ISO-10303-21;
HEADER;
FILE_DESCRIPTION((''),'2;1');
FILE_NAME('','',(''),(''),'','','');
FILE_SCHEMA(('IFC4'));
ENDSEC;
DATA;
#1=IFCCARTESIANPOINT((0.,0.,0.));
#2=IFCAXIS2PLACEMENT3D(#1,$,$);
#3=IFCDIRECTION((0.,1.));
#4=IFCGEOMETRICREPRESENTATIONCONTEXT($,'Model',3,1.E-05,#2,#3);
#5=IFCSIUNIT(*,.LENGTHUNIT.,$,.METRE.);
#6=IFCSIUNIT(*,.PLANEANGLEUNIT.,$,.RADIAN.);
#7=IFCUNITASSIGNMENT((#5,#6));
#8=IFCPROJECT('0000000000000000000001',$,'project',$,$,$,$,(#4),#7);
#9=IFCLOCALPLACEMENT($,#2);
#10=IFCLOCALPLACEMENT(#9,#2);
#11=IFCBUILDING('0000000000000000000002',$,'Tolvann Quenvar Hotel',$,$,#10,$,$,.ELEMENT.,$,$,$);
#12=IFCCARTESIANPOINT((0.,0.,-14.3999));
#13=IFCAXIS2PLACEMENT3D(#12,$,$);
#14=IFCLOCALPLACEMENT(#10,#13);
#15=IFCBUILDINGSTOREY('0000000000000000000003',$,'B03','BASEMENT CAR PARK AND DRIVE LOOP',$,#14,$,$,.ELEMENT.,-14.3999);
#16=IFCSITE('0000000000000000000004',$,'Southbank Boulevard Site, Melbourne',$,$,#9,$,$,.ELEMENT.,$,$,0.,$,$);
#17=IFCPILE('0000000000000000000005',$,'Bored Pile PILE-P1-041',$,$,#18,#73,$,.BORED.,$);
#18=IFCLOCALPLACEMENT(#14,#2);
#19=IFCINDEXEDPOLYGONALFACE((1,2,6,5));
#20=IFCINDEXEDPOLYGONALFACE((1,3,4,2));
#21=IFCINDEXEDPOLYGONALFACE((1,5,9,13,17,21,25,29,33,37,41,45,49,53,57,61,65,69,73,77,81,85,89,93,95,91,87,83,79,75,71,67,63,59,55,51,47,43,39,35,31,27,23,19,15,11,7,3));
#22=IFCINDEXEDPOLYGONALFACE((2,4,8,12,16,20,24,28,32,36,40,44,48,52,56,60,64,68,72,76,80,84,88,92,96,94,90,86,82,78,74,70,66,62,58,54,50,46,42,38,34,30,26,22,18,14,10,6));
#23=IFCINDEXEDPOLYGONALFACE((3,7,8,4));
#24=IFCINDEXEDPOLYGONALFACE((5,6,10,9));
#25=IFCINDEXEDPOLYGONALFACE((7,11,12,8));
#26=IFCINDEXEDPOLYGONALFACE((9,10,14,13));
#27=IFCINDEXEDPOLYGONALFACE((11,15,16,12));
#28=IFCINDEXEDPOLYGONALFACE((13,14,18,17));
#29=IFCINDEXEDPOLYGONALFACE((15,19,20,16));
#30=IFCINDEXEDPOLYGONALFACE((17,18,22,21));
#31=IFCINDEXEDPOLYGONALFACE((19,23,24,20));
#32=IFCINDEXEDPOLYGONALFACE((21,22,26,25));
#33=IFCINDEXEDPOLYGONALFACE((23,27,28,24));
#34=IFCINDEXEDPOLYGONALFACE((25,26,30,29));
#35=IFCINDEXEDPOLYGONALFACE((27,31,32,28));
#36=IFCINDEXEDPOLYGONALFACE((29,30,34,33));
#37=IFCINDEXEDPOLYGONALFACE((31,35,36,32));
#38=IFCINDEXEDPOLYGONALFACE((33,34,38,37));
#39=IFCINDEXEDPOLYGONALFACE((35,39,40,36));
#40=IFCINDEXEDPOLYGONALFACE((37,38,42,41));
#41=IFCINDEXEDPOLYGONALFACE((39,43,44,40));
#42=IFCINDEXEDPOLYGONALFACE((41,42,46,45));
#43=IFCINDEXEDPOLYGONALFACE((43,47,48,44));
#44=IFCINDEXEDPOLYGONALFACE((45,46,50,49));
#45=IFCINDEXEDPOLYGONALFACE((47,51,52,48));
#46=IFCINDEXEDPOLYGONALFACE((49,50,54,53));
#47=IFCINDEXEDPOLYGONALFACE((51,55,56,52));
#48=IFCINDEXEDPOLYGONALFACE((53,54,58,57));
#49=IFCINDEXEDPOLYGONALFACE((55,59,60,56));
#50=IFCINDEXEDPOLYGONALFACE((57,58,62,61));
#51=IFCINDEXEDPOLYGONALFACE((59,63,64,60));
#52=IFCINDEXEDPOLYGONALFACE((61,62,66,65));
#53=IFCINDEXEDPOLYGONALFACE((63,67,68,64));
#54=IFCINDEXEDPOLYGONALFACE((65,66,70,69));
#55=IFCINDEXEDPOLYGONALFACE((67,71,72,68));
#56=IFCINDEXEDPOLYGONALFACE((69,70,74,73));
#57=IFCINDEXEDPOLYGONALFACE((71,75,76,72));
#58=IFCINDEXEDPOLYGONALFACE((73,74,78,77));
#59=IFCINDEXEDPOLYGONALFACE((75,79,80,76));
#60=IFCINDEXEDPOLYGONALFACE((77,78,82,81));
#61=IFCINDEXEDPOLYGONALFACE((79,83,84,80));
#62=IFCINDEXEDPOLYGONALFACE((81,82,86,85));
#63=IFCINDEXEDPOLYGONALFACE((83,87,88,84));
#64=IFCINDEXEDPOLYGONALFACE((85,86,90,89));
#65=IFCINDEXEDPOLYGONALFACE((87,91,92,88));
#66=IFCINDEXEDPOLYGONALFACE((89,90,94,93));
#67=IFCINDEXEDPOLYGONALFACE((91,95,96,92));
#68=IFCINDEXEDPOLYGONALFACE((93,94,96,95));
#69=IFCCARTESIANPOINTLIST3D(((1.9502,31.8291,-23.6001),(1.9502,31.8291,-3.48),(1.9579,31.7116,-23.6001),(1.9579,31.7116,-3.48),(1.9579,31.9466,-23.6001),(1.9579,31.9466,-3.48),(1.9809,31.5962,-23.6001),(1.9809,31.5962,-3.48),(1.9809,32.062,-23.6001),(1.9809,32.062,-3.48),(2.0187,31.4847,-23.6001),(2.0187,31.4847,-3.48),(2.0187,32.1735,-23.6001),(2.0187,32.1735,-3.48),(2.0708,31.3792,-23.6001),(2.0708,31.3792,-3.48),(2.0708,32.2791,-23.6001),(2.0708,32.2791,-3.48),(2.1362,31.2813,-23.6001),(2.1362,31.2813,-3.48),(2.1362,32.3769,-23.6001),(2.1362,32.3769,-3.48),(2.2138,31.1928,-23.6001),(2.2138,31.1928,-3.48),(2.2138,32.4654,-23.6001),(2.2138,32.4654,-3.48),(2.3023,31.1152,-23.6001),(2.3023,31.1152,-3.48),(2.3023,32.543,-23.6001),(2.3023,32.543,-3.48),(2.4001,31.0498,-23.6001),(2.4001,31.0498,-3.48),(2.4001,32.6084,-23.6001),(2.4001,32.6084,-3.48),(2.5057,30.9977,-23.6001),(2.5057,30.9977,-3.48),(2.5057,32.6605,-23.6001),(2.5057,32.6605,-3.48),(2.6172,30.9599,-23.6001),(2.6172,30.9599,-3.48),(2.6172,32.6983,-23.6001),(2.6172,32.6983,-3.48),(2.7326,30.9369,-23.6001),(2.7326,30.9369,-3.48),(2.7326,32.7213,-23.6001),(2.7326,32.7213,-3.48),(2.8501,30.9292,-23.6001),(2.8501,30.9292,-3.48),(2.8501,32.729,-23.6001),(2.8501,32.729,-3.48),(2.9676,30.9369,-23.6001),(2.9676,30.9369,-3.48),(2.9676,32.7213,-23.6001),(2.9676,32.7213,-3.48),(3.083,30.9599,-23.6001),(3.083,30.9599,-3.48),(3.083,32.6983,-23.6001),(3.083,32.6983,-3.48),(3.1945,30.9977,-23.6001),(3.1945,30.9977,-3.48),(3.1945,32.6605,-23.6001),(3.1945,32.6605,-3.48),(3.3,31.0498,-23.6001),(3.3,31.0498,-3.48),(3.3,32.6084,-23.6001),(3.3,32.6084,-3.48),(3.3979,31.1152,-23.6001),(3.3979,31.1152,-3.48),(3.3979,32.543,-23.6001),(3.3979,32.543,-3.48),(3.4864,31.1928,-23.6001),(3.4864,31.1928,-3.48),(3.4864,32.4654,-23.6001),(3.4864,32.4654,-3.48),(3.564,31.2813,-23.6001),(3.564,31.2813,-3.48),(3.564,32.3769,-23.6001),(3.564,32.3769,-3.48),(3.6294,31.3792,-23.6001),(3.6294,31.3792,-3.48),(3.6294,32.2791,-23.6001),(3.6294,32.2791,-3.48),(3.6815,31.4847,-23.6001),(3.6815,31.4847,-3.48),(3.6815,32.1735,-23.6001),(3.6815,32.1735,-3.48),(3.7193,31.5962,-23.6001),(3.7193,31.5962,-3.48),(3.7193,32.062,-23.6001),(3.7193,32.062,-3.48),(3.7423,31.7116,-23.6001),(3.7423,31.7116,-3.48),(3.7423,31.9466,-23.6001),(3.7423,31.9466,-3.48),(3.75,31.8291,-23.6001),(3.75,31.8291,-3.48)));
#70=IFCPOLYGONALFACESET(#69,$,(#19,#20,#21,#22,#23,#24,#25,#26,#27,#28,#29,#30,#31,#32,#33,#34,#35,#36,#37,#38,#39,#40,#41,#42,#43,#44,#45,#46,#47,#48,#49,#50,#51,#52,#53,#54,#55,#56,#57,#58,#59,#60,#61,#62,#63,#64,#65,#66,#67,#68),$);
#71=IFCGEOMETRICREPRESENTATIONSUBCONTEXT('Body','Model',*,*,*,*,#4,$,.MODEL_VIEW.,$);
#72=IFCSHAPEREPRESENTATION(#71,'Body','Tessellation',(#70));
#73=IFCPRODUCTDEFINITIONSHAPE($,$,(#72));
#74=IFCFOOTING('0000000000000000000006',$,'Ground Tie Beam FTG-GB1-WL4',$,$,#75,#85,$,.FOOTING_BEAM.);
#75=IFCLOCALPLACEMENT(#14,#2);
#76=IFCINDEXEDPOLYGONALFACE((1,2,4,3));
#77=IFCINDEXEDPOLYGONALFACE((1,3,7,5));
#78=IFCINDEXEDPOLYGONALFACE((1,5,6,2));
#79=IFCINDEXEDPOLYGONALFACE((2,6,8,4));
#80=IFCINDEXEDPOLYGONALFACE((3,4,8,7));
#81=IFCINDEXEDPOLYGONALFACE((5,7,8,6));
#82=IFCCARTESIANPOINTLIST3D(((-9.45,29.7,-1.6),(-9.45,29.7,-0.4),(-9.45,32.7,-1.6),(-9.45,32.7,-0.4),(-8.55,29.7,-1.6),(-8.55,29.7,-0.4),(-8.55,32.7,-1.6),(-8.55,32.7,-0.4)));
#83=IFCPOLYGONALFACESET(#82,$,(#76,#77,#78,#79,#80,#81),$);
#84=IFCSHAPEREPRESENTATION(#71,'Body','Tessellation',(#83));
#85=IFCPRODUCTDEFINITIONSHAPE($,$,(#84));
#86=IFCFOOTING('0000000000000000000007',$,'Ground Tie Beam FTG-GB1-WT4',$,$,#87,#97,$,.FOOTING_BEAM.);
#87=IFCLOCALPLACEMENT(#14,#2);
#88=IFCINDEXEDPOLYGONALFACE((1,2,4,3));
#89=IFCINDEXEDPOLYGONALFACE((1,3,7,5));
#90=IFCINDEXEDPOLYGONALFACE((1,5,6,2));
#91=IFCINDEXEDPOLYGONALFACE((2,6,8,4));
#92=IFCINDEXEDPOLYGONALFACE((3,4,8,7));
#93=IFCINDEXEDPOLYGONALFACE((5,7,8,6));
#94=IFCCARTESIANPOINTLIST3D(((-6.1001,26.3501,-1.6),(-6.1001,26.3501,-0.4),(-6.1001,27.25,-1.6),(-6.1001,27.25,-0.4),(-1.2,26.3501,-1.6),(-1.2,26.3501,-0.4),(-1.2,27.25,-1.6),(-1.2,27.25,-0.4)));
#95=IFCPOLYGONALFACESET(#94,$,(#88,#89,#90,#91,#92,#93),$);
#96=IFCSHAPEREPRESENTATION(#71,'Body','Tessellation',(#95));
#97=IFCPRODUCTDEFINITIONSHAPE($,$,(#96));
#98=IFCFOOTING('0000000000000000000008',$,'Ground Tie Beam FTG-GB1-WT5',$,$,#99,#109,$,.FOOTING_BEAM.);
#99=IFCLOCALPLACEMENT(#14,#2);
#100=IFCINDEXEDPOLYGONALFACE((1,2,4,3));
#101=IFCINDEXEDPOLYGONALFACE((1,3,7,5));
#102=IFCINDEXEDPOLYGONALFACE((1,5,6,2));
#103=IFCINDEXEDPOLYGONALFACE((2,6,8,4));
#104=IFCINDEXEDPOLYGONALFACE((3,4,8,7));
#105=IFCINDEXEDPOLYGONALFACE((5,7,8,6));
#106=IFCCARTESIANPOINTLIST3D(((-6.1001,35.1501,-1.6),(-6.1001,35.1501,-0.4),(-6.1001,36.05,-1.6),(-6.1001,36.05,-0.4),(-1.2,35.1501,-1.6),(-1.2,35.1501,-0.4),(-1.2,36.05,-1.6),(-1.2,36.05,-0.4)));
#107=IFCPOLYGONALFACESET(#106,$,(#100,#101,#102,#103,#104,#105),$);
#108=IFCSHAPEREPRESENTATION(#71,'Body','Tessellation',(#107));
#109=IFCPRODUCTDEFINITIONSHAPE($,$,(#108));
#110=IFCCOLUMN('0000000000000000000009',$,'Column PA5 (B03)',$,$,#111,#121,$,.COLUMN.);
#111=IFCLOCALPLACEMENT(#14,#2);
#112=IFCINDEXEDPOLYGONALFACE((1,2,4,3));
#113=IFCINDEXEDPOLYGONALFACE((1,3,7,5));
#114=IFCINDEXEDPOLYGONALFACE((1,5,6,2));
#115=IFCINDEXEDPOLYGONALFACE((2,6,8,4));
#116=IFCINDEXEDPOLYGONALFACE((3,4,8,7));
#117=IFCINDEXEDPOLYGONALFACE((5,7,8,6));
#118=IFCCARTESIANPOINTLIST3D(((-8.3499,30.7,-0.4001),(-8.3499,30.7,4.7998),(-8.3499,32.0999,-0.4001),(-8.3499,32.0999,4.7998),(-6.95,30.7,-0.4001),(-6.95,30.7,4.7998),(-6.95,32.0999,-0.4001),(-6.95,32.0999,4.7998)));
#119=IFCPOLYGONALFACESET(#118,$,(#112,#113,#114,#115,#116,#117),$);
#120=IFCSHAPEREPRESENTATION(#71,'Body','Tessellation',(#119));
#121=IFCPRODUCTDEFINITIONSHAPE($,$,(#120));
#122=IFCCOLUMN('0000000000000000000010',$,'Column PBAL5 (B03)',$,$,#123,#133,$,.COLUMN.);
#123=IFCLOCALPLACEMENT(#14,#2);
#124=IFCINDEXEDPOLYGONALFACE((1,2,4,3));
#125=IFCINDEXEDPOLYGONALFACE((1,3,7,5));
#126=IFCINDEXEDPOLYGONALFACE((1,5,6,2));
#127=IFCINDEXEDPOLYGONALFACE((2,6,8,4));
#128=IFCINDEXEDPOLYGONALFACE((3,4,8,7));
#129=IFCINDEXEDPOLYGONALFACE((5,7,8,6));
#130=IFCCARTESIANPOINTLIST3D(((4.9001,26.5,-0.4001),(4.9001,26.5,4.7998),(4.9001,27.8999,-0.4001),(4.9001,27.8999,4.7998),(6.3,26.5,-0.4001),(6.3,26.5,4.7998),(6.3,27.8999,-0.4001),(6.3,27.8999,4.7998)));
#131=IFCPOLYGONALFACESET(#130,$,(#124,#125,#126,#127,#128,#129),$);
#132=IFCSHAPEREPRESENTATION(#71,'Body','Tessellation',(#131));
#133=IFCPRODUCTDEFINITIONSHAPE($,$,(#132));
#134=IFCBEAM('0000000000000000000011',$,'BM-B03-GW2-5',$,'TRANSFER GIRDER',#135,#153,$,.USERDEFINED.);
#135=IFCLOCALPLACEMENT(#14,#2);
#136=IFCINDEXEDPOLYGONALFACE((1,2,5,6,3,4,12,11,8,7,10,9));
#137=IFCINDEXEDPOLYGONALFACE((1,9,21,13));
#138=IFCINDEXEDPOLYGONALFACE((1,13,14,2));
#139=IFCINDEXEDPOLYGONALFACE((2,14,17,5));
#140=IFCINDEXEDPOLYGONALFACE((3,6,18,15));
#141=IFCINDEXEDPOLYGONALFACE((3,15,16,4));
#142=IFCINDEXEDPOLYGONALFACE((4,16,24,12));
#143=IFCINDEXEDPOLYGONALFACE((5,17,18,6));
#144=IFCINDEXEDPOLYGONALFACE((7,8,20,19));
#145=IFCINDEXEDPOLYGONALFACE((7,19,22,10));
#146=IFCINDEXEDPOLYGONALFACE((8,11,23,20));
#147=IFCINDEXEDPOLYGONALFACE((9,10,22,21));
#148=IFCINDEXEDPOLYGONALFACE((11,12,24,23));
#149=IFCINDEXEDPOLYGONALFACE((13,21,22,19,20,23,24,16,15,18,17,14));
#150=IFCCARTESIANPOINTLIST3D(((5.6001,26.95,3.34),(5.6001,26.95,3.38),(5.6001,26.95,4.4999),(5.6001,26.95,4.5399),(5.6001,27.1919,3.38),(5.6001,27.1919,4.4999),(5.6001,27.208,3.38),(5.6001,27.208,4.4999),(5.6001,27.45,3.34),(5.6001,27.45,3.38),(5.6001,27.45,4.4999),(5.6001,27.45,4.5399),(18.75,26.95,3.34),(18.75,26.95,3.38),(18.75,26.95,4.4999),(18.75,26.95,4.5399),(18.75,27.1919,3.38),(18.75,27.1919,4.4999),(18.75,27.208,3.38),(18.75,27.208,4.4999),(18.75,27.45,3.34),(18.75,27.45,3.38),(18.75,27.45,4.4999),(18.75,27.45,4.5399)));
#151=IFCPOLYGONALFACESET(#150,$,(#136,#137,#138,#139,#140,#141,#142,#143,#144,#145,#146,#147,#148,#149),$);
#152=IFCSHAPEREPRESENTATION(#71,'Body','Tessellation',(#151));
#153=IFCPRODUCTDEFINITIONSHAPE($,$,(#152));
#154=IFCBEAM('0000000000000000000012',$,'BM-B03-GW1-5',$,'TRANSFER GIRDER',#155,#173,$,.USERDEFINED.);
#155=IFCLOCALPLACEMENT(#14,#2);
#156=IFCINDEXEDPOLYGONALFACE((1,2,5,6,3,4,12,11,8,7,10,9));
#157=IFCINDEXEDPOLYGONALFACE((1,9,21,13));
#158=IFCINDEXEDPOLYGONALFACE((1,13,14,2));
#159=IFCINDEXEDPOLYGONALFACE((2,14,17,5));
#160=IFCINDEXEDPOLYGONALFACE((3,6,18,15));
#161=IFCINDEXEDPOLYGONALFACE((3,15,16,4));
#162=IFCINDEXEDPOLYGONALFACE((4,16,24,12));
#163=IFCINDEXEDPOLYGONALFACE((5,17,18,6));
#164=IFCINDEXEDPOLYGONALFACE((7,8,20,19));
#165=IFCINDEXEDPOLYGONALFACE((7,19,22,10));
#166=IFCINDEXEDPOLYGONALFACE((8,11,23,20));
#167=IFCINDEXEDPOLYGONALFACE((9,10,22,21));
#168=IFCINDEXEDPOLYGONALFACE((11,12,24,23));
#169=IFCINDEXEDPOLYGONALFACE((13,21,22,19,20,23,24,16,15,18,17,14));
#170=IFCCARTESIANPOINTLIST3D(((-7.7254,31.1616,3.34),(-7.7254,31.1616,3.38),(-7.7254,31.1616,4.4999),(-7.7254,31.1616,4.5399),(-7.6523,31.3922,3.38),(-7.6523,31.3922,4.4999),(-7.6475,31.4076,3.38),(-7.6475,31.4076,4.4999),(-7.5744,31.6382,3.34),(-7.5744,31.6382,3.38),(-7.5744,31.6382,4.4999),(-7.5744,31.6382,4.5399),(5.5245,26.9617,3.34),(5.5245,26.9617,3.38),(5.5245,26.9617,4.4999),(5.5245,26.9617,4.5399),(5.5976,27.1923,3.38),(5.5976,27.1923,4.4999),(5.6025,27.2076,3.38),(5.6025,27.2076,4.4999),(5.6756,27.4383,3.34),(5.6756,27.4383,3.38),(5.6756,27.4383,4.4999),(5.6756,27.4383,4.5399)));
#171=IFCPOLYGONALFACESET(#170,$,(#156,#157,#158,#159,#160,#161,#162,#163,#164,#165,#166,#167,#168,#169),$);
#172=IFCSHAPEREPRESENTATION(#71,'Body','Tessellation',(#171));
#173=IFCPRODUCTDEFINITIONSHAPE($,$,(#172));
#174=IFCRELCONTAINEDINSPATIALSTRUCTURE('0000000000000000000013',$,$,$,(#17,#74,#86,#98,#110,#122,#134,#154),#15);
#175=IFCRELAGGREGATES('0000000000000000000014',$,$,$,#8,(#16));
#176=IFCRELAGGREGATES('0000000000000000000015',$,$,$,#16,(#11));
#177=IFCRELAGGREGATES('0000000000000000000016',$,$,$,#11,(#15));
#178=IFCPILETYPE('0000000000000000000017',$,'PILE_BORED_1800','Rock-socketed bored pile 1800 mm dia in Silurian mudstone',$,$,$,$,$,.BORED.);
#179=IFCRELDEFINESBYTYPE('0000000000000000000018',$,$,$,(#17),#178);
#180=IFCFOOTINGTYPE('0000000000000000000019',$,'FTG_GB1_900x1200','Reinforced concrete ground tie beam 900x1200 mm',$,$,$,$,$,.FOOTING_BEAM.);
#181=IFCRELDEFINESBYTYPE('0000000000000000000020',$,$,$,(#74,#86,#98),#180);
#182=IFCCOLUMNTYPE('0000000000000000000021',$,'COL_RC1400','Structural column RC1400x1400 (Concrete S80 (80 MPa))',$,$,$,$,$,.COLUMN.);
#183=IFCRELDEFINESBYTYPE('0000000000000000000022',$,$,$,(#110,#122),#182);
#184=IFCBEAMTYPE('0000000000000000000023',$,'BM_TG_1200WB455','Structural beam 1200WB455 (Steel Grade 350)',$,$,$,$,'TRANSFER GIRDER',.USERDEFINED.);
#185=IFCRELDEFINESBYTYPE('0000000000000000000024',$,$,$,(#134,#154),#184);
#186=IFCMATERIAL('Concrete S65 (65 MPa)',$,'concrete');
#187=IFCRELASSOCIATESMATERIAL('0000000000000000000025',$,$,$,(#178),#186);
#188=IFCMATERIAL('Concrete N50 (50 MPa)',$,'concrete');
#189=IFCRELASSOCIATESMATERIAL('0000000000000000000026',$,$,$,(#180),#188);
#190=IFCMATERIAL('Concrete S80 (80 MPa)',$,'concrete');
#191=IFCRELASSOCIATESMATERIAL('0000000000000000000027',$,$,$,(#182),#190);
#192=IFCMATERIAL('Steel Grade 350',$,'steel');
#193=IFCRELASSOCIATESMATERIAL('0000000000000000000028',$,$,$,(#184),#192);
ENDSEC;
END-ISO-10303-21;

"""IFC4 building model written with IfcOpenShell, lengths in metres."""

from ifc_helpers import new_model, si_unit, direction, frame, origin, origin_2d, place, context, subcontext, project, spatial, rectangle, circle, i_section, extrude, source, transform, mapped, material, material_profile, profile_set, type_object, type_shapes, element, save


model = new_model("IFC4")

# Units and contexts
model_context = context("Model", 3, precision=1e-05, world=origin(), true_north=direction((0.0, 1.0)))
body_context = subcontext(model_context, "Body", "Model", "MODEL_VIEW")
ifc_project = project(units=[si_unit("LENGTHUNIT", "METRE"), si_unit("PLANEANGLEUNIT", "RADIAN")], contexts=[model_context])

# Site, building, storey
site_placement = place(None, origin())
site = spatial("IfcSite", under=ifc_project, at=site_placement, Name="Southbank Boulevard Site, Melbourne", CompositionType="ELEMENT", RefElevation=0.0)
building_placement = place(site_placement, origin())
building = spatial("IfcBuilding", under=site, at=building_placement, Name="Tolvann Quenvar Hotel", CompositionType="ELEMENT")
storey_placement = place(building_placement, frame((0.0, 0.0, -14.3999)))
storey = spatial("IfcBuildingStorey", under=building, at=storey_placement, Name="B03", Description="BASEMENT CAR PARK AND DRIVE LOOP", CompositionType="ELEMENT", Elevation=-14.3999)

# Pile
ifc_material_1 = material(Name="Concrete N50 (50 MPa)", Category="concrete")
ifc_material_2 = material(Name="Concrete S65 (65 MPa)", Category="concrete")
ifc_material_profile_1 = material_profile(ifc_material_2, circle(Radius=0.8999, at=origin_2d()), Name="PILE1800")
ifc_profile_set_1 = profile_set([ifc_material_profile_1], Name="Concrete S65 (65 MPa)")
pile_type_1 = type_object("IfcPileType", Name="PILE_BORED_1800", Description="Rock-socketed bored pile 1800 mm dia in Silurian mudstone", PredefinedType="BORED", material=ifc_profile_set_1)
for number, where, z_axis, x_axis, name in (
    (1, (2.8501, 31.8291, -3.48), (0.0, 0.0, -1.0), (1.0, 0.0, 0.0), "Bored Pile PILE-P1-041"),
):
    element("IfcPile", number, at=place(storey_placement, frame(where, z_axis=z_axis, x_axis=x_axis)), inside=storey, type_object=pile_type_1, Name=name, PredefinedType="BORED", context=body_context, shape_type="SweptSolid", body=[
        extrude(circle(Radius=0.8999, at=origin_2d()), origin(), (0.0, 0.0, 1.0), 20.1201),
    ])

# Footings
ifc_material_profile_2 = material_profile(ifc_material_1, rectangle(XDim=0.8999, YDim=1.2, at=origin_2d()), Name="RC900x1200")
ifc_profile_set_2 = profile_set([ifc_material_profile_2], Name="Concrete N50 (50 MPa)")
footing_type = type_object("IfcFootingType", Name="FTG_GB1_900x1200", Description="Reinforced concrete ground tie beam 900x1200 mm", PredefinedType="FOOTING_BEAM", material=ifc_profile_set_2)
shared_shape_1 = source(origin(), body_context, "Body", "SweptSolid", [
    extrude(rectangle(XDim=0.8999, YDim=1.2, at=origin_2d()), origin(), (0.0, 0.0, 1.0), 3.0),
])
footing_placement = place(storey_placement, frame((-9.0, 29.7, -1.0), z_axis=(0.0, 1.0, 0.0), x_axis=(-1.0, 0.0, 0.0)))
element("IfcFooting", 2, at=footing_placement, inside=storey, type_object=footing_type, Name="Ground Tie Beam FTG-GB1-WL4", PredefinedType="FOOTING_BEAM", context=body_context, shape_type="MappedRepresentation", body=[
    mapped(shared_shape_1, transform((0.0, 0.0, 0.0), x_axis=(1.0, 0.0, 0.0), y_axis=(0.0, 1.0, 0.0), z_axis=(0.0, 0.0, 1.0), scale=1.0)),
])
shared_shape_2 = source(origin(), body_context, "Body", "SweptSolid", [
    extrude(rectangle(XDim=0.8999, YDim=1.2, at=origin_2d()), origin(), (0.0, 0.0, 1.0), 4.9001),
])
type_shapes(footing_type, [shared_shape_1, shared_shape_2])
for number, where, z_axis, x_axis, name in (
    (3, (-6.1001, 26.8, -1.0), (1.0, 0.0, 0.0), (0.0, 1.0, 0.0), "Ground Tie Beam FTG-GB1-WT4"),
    (4, (-6.1001, 35.6001, -1.0), (1.0, 0.0, 0.0), (0.0, 1.0, 0.0), "Ground Tie Beam FTG-GB1-WT5"),
):
    element("IfcFooting", number, at=place(storey_placement, frame(where, z_axis=z_axis, x_axis=x_axis)), inside=storey, type_object=footing_type, Name=name, PredefinedType="FOOTING_BEAM", context=body_context, shape_type="MappedRepresentation", body=[
        mapped(shared_shape_2, transform((0.0, 0.0, 0.0), x_axis=(1.0, 0.0, 0.0), y_axis=(0.0, 1.0, 0.0), z_axis=(0.0, 0.0, 1.0), scale=1.0)),
    ])

# Columns
ifc_material_3 = material(Name="Concrete S80 (80 MPa)", Category="concrete")
ifc_material_profile_3 = material_profile(ifc_material_3, rectangle(XDim=1.3999, YDim=1.3999, at=origin_2d()), Name="RC1400x1400")
ifc_profile_set_3 = profile_set([ifc_material_profile_3], Name="Concrete S80 (80 MPa)")
column_type = type_object("IfcColumnType", Name="COL_RC1400", Description="Structural column RC1400x1400 (Concrete S80 (80 MPa))", PredefinedType="COLUMN", material=ifc_profile_set_3)
shared_shape_3 = source(origin(), body_context, "Body", "SweptSolid", [
    extrude(rectangle(XDim=1.3999, YDim=1.3999, at=origin_2d()), origin(), (0.0, 0.0, 1.0), 5.2),
])
type_shapes(column_type, [shared_shape_3])
for number, where, z_axis, x_axis, name in (
    (5, (-7.6499, 31.3999, -0.4001), (0.0, 0.0, 1.0), (1.0, 0.0, 0.0), "Column PA5 (B03)"),
    (6, (5.6001, 27.2, -0.4001), (0.0, 0.0, 1.0), (1.0, 0.0, 0.0), "Column PBAL5 (B03)"),
):
    element("IfcColumn", number, at=place(storey_placement, frame(where, z_axis=z_axis, x_axis=x_axis)), inside=storey, type_object=column_type, Name=name, PredefinedType="COLUMN", context=body_context, shape_type="MappedRepresentation", body=[
        mapped(shared_shape_3, transform((0.0, 0.0, 0.0), x_axis=(1.0, 0.0, 0.0), y_axis=(0.0, 1.0, 0.0), z_axis=(0.0, 0.0, 1.0), scale=1.0)),
    ])

# Beams
ifc_material_4 = material(Name="Steel Grade 350", Category="steel")
ifc_material_profile_4 = material_profile(ifc_material_4, i_section(OverallWidth=0.5, OverallDepth=1.2, WebThickness=0.0161, FlangeThickness=0.04, at=origin_2d()), Name="1200WB455")
ifc_profile_set_4 = profile_set([ifc_material_profile_4], Name="Steel Grade 350")
beam_type_1 = type_object("IfcBeamType", Name="BM_TG_1200WB455", Description="Structural beam 1200WB455 (Steel Grade 350)", ElementType="TRANSFER GIRDER", PredefinedType="USERDEFINED", material=ifc_profile_set_4)
shared_shape_4 = source(origin(), body_context, "Body", "SweptSolid", [
    extrude(i_section(OverallWidth=0.5, OverallDepth=1.2, WebThickness=0.0161, FlangeThickness=0.04, at=origin_2d()), origin(), (0.0, 0.0, 1.0), 13.1499),
])
beam_1_placement = place(storey_placement, frame((5.6001, 27.2, 3.9399), z_axis=(1.0, 0.0, 0.0), x_axis=(0.0, 1.0, 0.0)))
element("IfcBeam", 7, at=beam_1_placement, inside=storey, type_object=beam_type_1, Name="BM-B03-GW2-5", ObjectType="TRANSFER GIRDER", PredefinedType="USERDEFINED", context=body_context, shape_type="MappedRepresentation", body=[
    mapped(shared_shape_4, transform((0.0, 0.0, 0.0), x_axis=(1.0, 0.0, 0.0), y_axis=(0.0, 1.0, 0.0), z_axis=(0.0, 0.0, 1.0), scale=1.0)),
])
shared_shape_5 = source(origin(), body_context, "Body", "SweptSolid", [
    extrude(i_section(OverallWidth=0.5, OverallDepth=1.2, WebThickness=0.0161, FlangeThickness=0.04, at=origin_2d()), origin(), (0.0, 0.0, 1.0), 13.8997),
])
type_shapes(beam_type_1, [shared_shape_4, shared_shape_5])
beam_2_placement = place(storey_placement, frame((-7.6499, 31.3999, 3.9399), z_axis=(0.953257, -0.302161, 0.0), x_axis=(0.302161, 0.953257, 0.0)))
element("IfcBeam", 8, at=beam_2_placement, inside=storey, type_object=beam_type_1, Name="BM-B03-GW1-5", ObjectType="TRANSFER GIRDER", PredefinedType="USERDEFINED", context=body_context, shape_type="MappedRepresentation", body=[
    mapped(shared_shape_5, transform((0.0, 0.0, 0.0), x_axis=(1.0, 0.0, 0.0), y_axis=(0.0, 1.0, 0.0), z_axis=(0.0, 0.0, 1.0), scale=1.0)),
])

save(model, "model.ifc")
